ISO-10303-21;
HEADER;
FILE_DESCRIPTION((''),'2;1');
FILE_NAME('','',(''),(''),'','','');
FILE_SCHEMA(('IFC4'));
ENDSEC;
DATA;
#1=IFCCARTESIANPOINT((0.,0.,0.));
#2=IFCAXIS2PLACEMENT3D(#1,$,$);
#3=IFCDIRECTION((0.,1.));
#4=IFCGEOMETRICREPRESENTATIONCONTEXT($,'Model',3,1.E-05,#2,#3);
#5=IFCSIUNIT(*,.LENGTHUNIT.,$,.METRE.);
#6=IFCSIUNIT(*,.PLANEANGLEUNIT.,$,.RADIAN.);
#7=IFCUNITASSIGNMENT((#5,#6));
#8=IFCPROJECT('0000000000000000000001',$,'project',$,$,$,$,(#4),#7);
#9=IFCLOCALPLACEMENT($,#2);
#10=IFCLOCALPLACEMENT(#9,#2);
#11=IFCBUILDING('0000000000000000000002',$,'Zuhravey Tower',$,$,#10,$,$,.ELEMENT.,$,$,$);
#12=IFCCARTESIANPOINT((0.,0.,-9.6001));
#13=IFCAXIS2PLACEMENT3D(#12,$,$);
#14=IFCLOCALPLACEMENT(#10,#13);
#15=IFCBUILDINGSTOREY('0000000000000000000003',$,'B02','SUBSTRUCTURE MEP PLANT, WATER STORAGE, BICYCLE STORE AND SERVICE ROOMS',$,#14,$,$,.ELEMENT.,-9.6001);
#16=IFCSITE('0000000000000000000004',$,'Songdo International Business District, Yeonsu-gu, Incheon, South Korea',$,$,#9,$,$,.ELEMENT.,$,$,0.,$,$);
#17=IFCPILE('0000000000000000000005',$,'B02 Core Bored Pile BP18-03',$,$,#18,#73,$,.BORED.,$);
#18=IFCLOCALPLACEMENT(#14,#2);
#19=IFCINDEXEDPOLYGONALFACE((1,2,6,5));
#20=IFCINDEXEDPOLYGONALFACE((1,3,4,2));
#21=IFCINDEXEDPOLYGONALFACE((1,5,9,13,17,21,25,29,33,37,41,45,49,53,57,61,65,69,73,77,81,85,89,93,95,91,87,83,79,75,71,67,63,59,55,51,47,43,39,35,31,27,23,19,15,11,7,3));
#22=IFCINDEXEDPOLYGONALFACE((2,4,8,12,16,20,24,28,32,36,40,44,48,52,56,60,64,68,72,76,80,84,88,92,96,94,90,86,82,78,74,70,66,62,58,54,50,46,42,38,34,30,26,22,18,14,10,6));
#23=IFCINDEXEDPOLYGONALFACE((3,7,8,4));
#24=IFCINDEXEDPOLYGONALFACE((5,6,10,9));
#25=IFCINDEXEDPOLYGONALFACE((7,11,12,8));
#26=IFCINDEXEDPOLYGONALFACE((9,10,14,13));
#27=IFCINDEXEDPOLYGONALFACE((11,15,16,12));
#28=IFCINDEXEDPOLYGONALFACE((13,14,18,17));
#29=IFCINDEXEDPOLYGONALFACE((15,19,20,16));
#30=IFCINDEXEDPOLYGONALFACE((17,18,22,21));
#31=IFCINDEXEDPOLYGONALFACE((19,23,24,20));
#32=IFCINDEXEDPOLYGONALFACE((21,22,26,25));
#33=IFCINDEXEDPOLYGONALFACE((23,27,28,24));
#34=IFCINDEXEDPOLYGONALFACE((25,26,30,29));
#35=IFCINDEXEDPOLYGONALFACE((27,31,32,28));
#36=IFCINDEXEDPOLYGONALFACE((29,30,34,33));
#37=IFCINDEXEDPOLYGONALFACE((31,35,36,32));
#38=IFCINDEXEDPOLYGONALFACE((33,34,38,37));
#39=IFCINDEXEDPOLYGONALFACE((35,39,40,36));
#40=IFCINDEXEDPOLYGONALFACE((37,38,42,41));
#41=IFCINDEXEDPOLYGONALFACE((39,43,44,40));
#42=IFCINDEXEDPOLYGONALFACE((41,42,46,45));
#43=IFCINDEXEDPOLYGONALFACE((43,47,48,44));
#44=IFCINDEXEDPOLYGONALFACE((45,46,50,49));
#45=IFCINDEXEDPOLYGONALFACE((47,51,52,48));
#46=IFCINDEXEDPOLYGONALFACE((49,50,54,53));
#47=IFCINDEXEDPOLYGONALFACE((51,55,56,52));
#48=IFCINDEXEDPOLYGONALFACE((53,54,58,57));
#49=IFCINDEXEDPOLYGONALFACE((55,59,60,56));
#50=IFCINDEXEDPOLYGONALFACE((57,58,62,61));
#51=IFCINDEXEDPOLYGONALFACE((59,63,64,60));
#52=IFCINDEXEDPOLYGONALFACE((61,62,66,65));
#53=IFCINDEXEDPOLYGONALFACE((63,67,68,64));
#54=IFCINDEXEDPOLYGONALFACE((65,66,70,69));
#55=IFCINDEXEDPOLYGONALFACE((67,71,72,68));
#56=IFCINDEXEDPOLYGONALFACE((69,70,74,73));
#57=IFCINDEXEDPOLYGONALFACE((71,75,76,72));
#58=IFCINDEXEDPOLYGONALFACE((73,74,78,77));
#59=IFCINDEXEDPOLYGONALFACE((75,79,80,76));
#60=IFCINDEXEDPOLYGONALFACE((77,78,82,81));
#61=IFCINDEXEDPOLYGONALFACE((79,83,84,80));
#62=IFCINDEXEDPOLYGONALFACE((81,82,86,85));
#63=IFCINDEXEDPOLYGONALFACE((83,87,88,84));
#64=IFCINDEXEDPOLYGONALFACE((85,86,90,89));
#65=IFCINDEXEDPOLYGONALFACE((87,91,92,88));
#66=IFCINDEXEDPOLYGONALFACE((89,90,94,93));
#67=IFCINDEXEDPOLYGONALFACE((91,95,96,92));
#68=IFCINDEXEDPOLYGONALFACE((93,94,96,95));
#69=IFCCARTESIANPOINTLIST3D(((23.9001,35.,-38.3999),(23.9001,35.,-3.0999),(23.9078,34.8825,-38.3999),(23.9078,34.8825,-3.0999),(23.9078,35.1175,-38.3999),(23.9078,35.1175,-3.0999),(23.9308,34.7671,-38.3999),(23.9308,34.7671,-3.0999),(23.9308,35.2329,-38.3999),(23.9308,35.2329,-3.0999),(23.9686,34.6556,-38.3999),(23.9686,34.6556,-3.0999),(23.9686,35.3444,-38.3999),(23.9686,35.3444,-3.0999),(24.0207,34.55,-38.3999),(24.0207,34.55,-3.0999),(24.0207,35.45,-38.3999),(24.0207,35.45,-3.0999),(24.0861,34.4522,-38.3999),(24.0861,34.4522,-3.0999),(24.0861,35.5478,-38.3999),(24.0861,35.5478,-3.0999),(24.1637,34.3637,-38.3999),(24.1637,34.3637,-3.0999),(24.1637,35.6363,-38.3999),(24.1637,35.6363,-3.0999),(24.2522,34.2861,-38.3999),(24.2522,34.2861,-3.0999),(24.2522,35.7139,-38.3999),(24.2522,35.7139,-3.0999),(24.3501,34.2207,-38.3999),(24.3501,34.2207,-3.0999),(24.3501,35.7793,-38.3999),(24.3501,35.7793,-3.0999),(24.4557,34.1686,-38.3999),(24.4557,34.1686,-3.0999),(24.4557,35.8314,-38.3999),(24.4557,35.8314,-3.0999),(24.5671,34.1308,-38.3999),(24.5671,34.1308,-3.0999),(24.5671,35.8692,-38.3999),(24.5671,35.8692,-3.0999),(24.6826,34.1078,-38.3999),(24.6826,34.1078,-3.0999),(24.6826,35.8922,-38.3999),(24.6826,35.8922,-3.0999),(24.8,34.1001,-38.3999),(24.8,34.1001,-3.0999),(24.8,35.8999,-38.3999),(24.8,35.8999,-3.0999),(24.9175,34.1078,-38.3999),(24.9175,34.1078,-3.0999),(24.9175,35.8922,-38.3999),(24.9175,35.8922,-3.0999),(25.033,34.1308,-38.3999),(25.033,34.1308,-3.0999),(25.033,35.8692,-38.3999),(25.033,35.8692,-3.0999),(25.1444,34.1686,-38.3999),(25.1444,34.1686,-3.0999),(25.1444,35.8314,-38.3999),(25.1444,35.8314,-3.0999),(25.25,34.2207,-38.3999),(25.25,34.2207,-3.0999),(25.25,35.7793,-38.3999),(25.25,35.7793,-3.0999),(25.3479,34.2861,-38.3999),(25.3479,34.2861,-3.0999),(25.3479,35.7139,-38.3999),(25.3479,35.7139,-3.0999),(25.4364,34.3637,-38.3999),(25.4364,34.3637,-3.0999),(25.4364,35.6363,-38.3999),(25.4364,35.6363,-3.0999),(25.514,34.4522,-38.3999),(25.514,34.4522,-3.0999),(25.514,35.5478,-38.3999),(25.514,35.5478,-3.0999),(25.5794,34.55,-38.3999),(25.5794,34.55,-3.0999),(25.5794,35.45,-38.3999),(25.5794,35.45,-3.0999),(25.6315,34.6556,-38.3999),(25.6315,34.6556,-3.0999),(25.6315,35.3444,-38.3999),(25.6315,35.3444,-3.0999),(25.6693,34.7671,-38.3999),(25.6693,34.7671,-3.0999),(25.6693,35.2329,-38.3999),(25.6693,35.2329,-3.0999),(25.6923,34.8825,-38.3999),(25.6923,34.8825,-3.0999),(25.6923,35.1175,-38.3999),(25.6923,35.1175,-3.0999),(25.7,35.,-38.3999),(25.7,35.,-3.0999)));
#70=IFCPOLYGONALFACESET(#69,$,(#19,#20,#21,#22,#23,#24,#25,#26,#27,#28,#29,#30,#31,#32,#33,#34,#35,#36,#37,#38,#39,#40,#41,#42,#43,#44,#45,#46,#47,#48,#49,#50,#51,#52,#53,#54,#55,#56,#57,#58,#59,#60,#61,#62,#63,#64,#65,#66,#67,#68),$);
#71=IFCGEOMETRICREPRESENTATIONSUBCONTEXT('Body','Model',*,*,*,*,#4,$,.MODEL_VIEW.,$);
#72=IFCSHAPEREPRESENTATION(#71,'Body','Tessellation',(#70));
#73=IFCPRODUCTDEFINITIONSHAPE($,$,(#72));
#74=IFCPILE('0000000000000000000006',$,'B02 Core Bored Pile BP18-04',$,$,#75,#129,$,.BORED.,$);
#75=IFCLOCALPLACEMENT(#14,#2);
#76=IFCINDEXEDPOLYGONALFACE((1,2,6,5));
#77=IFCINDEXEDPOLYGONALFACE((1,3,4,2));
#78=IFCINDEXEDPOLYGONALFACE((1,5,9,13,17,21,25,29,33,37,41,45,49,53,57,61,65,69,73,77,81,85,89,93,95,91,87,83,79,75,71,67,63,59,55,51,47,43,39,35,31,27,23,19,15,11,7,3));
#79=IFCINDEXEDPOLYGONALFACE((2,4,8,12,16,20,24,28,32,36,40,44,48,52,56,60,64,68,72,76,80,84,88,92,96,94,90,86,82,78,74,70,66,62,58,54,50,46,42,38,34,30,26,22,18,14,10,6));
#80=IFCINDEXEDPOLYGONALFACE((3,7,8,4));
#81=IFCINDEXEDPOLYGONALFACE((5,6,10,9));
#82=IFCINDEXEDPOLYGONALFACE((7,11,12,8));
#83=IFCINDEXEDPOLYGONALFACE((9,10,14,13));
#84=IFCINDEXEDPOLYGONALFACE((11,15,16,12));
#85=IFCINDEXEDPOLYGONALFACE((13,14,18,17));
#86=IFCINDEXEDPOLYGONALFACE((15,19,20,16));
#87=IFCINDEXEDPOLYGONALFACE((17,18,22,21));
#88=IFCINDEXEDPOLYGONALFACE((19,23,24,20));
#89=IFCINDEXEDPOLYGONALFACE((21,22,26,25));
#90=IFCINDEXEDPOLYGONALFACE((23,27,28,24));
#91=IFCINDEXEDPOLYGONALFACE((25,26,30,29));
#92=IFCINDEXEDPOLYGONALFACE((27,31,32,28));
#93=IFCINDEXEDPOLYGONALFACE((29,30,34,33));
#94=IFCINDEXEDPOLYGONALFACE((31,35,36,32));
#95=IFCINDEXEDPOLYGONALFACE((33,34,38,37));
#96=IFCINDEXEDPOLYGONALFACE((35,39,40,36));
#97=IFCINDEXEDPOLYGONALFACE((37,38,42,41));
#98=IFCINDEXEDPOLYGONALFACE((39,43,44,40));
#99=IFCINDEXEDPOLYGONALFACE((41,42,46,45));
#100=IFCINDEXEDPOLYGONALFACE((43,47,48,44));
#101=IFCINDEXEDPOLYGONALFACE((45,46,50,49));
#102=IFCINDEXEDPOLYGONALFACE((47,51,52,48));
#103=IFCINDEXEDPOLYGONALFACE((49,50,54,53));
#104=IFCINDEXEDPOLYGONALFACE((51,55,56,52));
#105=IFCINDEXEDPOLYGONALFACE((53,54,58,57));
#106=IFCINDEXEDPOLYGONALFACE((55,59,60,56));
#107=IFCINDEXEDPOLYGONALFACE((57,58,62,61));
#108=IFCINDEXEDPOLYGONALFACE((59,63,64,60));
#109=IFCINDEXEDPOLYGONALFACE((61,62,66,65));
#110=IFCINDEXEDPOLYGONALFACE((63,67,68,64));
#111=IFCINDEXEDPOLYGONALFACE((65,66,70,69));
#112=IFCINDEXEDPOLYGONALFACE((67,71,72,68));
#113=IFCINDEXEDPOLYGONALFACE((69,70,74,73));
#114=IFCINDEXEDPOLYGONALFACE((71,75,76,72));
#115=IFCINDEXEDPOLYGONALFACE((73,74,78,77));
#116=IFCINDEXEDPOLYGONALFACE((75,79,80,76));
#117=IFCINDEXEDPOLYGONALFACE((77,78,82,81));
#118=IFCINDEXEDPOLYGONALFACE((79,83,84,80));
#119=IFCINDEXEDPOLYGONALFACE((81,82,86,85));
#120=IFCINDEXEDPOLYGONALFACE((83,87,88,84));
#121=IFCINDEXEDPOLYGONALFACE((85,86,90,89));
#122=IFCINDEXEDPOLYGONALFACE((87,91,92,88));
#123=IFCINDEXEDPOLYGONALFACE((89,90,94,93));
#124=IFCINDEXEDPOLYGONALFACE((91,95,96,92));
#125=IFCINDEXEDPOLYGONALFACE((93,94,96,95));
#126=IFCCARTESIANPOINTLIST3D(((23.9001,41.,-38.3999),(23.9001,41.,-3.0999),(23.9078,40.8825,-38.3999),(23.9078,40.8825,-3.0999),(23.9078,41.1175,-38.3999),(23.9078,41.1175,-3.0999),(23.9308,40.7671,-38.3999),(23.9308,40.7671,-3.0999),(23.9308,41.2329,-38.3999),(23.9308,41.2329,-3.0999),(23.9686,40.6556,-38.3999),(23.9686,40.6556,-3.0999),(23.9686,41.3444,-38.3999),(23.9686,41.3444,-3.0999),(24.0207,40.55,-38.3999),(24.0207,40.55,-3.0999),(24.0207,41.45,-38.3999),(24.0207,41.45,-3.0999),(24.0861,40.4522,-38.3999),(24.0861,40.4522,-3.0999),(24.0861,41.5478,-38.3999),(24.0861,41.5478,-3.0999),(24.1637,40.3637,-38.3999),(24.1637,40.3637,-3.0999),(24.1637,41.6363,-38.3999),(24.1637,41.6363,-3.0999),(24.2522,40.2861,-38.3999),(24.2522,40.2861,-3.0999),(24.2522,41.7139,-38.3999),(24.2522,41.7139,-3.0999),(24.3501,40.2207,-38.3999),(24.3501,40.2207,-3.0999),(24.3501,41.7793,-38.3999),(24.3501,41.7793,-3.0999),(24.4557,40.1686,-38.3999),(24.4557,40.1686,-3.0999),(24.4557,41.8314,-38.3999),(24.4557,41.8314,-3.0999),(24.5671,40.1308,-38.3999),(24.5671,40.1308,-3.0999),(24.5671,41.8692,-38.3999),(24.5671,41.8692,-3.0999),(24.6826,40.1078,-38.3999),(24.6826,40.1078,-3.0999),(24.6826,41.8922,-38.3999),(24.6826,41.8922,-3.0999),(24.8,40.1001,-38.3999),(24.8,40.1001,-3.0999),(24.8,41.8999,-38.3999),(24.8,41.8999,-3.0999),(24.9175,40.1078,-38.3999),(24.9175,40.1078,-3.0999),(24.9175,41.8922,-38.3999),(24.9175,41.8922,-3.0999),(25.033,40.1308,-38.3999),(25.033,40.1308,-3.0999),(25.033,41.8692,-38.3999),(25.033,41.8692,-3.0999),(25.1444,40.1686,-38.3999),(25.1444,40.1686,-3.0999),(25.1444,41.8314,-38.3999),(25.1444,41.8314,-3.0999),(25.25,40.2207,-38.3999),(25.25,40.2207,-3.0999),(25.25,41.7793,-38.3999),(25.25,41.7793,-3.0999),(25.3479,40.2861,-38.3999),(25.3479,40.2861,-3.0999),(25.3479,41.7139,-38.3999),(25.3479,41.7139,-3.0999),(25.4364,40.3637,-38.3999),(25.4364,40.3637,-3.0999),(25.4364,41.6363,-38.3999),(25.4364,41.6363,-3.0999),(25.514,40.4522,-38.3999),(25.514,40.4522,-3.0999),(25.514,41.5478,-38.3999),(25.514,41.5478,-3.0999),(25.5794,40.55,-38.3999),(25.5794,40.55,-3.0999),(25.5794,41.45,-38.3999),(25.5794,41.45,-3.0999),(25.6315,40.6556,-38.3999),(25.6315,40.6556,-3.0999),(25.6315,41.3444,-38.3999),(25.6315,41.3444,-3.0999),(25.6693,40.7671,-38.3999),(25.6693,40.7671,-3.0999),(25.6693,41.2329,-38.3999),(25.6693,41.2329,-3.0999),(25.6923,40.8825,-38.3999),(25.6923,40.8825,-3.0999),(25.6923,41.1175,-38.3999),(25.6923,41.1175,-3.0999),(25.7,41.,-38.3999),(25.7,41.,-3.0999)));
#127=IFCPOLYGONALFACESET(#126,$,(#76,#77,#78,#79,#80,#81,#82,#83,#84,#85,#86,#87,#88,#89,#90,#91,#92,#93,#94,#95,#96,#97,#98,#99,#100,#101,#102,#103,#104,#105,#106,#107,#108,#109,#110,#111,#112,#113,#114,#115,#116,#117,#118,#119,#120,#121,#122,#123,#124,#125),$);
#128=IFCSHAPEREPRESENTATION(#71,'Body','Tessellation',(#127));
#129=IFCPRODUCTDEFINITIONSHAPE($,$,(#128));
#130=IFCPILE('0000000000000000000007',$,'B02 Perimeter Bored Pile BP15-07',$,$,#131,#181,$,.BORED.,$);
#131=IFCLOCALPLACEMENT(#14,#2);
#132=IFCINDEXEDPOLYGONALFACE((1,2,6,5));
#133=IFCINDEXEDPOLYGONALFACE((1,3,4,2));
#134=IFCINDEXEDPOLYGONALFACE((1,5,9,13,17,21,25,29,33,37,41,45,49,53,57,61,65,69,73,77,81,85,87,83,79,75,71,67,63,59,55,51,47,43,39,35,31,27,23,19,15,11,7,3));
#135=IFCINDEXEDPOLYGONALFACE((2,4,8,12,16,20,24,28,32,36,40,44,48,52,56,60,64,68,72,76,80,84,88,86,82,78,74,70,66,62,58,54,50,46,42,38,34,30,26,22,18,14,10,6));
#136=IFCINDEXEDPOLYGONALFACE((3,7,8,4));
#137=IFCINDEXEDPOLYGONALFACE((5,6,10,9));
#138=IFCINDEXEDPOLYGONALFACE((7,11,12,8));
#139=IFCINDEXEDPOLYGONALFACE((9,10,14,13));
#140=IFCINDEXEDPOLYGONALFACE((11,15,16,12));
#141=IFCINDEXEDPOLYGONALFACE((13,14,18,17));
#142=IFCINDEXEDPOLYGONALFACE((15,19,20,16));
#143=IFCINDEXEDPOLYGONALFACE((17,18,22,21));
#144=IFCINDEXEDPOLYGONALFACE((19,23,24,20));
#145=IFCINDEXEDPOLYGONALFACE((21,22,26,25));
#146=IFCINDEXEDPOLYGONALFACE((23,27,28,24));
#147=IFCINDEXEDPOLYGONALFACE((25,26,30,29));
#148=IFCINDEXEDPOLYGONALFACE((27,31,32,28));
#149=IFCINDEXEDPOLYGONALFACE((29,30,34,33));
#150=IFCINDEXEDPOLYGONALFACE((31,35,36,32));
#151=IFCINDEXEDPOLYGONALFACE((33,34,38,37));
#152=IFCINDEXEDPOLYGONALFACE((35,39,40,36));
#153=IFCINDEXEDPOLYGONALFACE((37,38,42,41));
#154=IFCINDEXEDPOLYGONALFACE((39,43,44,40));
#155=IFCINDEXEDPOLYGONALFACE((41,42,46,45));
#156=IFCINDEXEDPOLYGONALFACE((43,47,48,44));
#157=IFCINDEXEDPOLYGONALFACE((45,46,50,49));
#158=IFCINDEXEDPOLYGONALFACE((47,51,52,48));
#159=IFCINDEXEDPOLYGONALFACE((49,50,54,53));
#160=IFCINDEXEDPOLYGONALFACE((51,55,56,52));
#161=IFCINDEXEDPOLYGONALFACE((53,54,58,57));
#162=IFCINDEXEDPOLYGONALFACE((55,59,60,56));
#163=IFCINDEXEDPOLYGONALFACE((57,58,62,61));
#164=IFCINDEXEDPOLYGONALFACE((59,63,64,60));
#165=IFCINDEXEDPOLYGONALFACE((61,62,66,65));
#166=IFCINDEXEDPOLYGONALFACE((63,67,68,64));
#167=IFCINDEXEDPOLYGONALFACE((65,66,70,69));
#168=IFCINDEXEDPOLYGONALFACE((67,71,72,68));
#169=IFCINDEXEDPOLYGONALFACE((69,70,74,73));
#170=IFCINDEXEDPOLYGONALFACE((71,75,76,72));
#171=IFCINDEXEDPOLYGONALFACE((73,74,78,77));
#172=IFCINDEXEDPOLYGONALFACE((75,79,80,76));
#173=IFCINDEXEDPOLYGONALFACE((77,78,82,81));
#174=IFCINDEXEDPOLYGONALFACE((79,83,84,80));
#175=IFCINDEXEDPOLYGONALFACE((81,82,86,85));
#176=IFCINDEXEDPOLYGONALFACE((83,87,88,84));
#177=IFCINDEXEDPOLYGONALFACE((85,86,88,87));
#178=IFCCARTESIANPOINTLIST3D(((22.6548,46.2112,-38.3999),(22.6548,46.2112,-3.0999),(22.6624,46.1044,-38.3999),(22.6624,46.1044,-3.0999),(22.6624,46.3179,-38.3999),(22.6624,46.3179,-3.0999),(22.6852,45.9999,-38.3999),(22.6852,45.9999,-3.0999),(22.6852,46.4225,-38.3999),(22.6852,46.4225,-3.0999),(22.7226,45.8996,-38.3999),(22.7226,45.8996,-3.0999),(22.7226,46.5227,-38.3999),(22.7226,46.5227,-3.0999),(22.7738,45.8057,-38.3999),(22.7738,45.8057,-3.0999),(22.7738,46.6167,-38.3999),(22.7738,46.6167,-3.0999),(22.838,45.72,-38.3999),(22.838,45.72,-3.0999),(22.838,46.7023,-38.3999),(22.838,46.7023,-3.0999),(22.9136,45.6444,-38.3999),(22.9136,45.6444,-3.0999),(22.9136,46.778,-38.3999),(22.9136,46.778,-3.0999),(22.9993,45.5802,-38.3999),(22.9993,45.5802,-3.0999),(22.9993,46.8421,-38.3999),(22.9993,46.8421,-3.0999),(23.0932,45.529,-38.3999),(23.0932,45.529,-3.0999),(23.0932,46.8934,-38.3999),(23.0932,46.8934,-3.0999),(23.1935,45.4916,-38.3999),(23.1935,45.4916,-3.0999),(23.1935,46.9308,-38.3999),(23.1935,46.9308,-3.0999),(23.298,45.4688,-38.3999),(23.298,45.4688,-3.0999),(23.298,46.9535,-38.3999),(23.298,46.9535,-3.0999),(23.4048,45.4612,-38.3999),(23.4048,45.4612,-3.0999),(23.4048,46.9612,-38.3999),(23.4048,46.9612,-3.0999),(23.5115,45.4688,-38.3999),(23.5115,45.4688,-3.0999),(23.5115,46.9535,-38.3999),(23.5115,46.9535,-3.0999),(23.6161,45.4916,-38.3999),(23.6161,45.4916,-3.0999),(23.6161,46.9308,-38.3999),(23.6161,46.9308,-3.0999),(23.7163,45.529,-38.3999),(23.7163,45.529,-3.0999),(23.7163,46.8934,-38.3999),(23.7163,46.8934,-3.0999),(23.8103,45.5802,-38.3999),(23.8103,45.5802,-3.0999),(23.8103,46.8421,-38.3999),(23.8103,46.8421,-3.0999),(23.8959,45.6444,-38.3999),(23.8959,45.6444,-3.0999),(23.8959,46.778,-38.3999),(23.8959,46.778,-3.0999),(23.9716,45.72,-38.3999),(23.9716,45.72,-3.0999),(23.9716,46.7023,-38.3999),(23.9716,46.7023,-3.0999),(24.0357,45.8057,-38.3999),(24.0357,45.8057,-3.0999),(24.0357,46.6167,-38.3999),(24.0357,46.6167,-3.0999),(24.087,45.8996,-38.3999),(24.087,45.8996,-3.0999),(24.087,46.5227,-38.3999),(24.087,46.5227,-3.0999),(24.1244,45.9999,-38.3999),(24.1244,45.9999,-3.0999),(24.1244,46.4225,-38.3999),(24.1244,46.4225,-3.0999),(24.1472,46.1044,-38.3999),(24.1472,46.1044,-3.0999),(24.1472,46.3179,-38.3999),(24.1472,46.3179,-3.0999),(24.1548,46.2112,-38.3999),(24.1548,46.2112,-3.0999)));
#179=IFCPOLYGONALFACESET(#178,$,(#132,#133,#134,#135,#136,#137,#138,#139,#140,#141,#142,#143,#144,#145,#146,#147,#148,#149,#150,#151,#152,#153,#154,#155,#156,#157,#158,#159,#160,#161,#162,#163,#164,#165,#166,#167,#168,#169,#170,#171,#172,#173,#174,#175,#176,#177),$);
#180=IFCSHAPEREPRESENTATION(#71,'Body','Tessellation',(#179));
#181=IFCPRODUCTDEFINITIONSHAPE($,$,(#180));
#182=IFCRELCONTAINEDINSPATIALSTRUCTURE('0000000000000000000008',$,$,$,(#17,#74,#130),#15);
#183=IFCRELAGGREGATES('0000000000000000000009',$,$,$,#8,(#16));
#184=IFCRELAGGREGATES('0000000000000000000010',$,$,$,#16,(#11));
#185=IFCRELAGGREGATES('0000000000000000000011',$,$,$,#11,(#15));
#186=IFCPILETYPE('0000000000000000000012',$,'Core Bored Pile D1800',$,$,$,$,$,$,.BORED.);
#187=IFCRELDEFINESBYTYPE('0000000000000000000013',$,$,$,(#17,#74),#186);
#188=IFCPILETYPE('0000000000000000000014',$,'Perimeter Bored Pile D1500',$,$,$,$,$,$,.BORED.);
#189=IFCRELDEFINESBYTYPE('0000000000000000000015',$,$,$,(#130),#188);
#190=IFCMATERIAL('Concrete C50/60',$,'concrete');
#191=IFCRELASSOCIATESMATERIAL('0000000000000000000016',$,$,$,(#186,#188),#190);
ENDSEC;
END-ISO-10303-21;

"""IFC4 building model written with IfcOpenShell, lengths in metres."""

from ifc_helpers import new_model, si_unit, direction, frame, origin, origin_2d, place, context, subcontext, project, spatial, circle, extrude, material, material_profile, profile_set, type_object, element, save


model = new_model("IFC4")

# Units and contexts
model_context = context("Model", 3, precision=1e-05, world=origin(), true_north=direction((0.0, 1.0)))
body_context = subcontext(model_context, "Body", "Model", "MODEL_VIEW")
ifc_project = project(units=[si_unit("LENGTHUNIT", "METRE"), si_unit("PLANEANGLEUNIT", "RADIAN")], contexts=[model_context])

# Site, building, storey
site_placement = place(None, origin())
site = spatial("IfcSite", under=ifc_project, at=site_placement, Name="Songdo International Business District, Yeonsu-gu, Incheon, South Korea", CompositionType="ELEMENT", RefElevation=0.0)
building_placement = place(site_placement, origin())
building = spatial("IfcBuilding", under=site, at=building_placement, Name="Zuhravey Tower", CompositionType="ELEMENT")
storey_placement = place(building_placement, frame((0.0, 0.0, -9.6001)))
storey = spatial("IfcBuildingStorey", under=building, at=storey_placement, Name="B02", Description="SUBSTRUCTURE MEP PLANT, WATER STORAGE, BICYCLE STORE AND SERVICE ROOMS", CompositionType="ELEMENT", Elevation=-9.6001)

# Piles
ifc_material_1 = material(Name="Concrete C50/60", Category="concrete")
ifc_material_profile_1 = material_profile(ifc_material_1, circle(Radius=0.8999, at=origin_2d()), Name="PILE-D1800")
ifc_profile_set_1 = profile_set([ifc_material_profile_1], Name="Concrete C50/60")
pile_type_1 = type_object("IfcPileType", Name="Core Bored Pile D1800", PredefinedType="BORED", material=ifc_profile_set_1)
for number, where, z_axis, x_axis, name in (
    (1, (24.8, 35.0, -3.0999), (0.0, 0.0, -1.0), (1.0, 0.0, 0.0), "B02 Core Bored Pile BP18-03"),
    (2, (24.8, 41.0, -3.0999), (0.0, 0.0, -1.0), (1.0, 0.0, 0.0), "B02 Core Bored Pile BP18-04"),
):
    element("IfcPile", number, at=place(storey_placement, frame(where, z_axis=z_axis, x_axis=x_axis)), inside=storey, type_object=pile_type_1, Name=name, PredefinedType="BORED", context=body_context, shape_type="SweptSolid", body=[
        extrude(circle(Radius=0.8999, at=origin_2d()), origin(), (0.0, 0.0, 1.0), 35.3),
    ])
ifc_material_profile_2 = material_profile(ifc_material_1, circle(Radius=0.75, at=origin_2d()), Name="PILE-D1500")
ifc_profile_set_2 = profile_set([ifc_material_profile_2], Name="Concrete C50/60")
pile_type_2 = type_object("IfcPileType", Name="Perimeter Bored Pile D1500", PredefinedType="BORED", material=ifc_profile_set_2)
for number, where, z_axis, x_axis, name in (
    (3, (23.4048, 46.2112, -3.0999), (0.0, 0.0, -1.0), (1.0, 0.0, 0.0), "B02 Perimeter Bored Pile BP15-07"),
):
    element("IfcPile", number, at=place(storey_placement, frame(where, z_axis=z_axis, x_axis=x_axis)), inside=storey, type_object=pile_type_2, Name=name, PredefinedType="BORED", context=body_context, shape_type="SweptSolid", body=[
        extrude(circle(Radius=0.75, at=origin_2d()), origin(), (0.0, 0.0, 1.0), 35.3),
    ])

save(model, "model.ifc")
